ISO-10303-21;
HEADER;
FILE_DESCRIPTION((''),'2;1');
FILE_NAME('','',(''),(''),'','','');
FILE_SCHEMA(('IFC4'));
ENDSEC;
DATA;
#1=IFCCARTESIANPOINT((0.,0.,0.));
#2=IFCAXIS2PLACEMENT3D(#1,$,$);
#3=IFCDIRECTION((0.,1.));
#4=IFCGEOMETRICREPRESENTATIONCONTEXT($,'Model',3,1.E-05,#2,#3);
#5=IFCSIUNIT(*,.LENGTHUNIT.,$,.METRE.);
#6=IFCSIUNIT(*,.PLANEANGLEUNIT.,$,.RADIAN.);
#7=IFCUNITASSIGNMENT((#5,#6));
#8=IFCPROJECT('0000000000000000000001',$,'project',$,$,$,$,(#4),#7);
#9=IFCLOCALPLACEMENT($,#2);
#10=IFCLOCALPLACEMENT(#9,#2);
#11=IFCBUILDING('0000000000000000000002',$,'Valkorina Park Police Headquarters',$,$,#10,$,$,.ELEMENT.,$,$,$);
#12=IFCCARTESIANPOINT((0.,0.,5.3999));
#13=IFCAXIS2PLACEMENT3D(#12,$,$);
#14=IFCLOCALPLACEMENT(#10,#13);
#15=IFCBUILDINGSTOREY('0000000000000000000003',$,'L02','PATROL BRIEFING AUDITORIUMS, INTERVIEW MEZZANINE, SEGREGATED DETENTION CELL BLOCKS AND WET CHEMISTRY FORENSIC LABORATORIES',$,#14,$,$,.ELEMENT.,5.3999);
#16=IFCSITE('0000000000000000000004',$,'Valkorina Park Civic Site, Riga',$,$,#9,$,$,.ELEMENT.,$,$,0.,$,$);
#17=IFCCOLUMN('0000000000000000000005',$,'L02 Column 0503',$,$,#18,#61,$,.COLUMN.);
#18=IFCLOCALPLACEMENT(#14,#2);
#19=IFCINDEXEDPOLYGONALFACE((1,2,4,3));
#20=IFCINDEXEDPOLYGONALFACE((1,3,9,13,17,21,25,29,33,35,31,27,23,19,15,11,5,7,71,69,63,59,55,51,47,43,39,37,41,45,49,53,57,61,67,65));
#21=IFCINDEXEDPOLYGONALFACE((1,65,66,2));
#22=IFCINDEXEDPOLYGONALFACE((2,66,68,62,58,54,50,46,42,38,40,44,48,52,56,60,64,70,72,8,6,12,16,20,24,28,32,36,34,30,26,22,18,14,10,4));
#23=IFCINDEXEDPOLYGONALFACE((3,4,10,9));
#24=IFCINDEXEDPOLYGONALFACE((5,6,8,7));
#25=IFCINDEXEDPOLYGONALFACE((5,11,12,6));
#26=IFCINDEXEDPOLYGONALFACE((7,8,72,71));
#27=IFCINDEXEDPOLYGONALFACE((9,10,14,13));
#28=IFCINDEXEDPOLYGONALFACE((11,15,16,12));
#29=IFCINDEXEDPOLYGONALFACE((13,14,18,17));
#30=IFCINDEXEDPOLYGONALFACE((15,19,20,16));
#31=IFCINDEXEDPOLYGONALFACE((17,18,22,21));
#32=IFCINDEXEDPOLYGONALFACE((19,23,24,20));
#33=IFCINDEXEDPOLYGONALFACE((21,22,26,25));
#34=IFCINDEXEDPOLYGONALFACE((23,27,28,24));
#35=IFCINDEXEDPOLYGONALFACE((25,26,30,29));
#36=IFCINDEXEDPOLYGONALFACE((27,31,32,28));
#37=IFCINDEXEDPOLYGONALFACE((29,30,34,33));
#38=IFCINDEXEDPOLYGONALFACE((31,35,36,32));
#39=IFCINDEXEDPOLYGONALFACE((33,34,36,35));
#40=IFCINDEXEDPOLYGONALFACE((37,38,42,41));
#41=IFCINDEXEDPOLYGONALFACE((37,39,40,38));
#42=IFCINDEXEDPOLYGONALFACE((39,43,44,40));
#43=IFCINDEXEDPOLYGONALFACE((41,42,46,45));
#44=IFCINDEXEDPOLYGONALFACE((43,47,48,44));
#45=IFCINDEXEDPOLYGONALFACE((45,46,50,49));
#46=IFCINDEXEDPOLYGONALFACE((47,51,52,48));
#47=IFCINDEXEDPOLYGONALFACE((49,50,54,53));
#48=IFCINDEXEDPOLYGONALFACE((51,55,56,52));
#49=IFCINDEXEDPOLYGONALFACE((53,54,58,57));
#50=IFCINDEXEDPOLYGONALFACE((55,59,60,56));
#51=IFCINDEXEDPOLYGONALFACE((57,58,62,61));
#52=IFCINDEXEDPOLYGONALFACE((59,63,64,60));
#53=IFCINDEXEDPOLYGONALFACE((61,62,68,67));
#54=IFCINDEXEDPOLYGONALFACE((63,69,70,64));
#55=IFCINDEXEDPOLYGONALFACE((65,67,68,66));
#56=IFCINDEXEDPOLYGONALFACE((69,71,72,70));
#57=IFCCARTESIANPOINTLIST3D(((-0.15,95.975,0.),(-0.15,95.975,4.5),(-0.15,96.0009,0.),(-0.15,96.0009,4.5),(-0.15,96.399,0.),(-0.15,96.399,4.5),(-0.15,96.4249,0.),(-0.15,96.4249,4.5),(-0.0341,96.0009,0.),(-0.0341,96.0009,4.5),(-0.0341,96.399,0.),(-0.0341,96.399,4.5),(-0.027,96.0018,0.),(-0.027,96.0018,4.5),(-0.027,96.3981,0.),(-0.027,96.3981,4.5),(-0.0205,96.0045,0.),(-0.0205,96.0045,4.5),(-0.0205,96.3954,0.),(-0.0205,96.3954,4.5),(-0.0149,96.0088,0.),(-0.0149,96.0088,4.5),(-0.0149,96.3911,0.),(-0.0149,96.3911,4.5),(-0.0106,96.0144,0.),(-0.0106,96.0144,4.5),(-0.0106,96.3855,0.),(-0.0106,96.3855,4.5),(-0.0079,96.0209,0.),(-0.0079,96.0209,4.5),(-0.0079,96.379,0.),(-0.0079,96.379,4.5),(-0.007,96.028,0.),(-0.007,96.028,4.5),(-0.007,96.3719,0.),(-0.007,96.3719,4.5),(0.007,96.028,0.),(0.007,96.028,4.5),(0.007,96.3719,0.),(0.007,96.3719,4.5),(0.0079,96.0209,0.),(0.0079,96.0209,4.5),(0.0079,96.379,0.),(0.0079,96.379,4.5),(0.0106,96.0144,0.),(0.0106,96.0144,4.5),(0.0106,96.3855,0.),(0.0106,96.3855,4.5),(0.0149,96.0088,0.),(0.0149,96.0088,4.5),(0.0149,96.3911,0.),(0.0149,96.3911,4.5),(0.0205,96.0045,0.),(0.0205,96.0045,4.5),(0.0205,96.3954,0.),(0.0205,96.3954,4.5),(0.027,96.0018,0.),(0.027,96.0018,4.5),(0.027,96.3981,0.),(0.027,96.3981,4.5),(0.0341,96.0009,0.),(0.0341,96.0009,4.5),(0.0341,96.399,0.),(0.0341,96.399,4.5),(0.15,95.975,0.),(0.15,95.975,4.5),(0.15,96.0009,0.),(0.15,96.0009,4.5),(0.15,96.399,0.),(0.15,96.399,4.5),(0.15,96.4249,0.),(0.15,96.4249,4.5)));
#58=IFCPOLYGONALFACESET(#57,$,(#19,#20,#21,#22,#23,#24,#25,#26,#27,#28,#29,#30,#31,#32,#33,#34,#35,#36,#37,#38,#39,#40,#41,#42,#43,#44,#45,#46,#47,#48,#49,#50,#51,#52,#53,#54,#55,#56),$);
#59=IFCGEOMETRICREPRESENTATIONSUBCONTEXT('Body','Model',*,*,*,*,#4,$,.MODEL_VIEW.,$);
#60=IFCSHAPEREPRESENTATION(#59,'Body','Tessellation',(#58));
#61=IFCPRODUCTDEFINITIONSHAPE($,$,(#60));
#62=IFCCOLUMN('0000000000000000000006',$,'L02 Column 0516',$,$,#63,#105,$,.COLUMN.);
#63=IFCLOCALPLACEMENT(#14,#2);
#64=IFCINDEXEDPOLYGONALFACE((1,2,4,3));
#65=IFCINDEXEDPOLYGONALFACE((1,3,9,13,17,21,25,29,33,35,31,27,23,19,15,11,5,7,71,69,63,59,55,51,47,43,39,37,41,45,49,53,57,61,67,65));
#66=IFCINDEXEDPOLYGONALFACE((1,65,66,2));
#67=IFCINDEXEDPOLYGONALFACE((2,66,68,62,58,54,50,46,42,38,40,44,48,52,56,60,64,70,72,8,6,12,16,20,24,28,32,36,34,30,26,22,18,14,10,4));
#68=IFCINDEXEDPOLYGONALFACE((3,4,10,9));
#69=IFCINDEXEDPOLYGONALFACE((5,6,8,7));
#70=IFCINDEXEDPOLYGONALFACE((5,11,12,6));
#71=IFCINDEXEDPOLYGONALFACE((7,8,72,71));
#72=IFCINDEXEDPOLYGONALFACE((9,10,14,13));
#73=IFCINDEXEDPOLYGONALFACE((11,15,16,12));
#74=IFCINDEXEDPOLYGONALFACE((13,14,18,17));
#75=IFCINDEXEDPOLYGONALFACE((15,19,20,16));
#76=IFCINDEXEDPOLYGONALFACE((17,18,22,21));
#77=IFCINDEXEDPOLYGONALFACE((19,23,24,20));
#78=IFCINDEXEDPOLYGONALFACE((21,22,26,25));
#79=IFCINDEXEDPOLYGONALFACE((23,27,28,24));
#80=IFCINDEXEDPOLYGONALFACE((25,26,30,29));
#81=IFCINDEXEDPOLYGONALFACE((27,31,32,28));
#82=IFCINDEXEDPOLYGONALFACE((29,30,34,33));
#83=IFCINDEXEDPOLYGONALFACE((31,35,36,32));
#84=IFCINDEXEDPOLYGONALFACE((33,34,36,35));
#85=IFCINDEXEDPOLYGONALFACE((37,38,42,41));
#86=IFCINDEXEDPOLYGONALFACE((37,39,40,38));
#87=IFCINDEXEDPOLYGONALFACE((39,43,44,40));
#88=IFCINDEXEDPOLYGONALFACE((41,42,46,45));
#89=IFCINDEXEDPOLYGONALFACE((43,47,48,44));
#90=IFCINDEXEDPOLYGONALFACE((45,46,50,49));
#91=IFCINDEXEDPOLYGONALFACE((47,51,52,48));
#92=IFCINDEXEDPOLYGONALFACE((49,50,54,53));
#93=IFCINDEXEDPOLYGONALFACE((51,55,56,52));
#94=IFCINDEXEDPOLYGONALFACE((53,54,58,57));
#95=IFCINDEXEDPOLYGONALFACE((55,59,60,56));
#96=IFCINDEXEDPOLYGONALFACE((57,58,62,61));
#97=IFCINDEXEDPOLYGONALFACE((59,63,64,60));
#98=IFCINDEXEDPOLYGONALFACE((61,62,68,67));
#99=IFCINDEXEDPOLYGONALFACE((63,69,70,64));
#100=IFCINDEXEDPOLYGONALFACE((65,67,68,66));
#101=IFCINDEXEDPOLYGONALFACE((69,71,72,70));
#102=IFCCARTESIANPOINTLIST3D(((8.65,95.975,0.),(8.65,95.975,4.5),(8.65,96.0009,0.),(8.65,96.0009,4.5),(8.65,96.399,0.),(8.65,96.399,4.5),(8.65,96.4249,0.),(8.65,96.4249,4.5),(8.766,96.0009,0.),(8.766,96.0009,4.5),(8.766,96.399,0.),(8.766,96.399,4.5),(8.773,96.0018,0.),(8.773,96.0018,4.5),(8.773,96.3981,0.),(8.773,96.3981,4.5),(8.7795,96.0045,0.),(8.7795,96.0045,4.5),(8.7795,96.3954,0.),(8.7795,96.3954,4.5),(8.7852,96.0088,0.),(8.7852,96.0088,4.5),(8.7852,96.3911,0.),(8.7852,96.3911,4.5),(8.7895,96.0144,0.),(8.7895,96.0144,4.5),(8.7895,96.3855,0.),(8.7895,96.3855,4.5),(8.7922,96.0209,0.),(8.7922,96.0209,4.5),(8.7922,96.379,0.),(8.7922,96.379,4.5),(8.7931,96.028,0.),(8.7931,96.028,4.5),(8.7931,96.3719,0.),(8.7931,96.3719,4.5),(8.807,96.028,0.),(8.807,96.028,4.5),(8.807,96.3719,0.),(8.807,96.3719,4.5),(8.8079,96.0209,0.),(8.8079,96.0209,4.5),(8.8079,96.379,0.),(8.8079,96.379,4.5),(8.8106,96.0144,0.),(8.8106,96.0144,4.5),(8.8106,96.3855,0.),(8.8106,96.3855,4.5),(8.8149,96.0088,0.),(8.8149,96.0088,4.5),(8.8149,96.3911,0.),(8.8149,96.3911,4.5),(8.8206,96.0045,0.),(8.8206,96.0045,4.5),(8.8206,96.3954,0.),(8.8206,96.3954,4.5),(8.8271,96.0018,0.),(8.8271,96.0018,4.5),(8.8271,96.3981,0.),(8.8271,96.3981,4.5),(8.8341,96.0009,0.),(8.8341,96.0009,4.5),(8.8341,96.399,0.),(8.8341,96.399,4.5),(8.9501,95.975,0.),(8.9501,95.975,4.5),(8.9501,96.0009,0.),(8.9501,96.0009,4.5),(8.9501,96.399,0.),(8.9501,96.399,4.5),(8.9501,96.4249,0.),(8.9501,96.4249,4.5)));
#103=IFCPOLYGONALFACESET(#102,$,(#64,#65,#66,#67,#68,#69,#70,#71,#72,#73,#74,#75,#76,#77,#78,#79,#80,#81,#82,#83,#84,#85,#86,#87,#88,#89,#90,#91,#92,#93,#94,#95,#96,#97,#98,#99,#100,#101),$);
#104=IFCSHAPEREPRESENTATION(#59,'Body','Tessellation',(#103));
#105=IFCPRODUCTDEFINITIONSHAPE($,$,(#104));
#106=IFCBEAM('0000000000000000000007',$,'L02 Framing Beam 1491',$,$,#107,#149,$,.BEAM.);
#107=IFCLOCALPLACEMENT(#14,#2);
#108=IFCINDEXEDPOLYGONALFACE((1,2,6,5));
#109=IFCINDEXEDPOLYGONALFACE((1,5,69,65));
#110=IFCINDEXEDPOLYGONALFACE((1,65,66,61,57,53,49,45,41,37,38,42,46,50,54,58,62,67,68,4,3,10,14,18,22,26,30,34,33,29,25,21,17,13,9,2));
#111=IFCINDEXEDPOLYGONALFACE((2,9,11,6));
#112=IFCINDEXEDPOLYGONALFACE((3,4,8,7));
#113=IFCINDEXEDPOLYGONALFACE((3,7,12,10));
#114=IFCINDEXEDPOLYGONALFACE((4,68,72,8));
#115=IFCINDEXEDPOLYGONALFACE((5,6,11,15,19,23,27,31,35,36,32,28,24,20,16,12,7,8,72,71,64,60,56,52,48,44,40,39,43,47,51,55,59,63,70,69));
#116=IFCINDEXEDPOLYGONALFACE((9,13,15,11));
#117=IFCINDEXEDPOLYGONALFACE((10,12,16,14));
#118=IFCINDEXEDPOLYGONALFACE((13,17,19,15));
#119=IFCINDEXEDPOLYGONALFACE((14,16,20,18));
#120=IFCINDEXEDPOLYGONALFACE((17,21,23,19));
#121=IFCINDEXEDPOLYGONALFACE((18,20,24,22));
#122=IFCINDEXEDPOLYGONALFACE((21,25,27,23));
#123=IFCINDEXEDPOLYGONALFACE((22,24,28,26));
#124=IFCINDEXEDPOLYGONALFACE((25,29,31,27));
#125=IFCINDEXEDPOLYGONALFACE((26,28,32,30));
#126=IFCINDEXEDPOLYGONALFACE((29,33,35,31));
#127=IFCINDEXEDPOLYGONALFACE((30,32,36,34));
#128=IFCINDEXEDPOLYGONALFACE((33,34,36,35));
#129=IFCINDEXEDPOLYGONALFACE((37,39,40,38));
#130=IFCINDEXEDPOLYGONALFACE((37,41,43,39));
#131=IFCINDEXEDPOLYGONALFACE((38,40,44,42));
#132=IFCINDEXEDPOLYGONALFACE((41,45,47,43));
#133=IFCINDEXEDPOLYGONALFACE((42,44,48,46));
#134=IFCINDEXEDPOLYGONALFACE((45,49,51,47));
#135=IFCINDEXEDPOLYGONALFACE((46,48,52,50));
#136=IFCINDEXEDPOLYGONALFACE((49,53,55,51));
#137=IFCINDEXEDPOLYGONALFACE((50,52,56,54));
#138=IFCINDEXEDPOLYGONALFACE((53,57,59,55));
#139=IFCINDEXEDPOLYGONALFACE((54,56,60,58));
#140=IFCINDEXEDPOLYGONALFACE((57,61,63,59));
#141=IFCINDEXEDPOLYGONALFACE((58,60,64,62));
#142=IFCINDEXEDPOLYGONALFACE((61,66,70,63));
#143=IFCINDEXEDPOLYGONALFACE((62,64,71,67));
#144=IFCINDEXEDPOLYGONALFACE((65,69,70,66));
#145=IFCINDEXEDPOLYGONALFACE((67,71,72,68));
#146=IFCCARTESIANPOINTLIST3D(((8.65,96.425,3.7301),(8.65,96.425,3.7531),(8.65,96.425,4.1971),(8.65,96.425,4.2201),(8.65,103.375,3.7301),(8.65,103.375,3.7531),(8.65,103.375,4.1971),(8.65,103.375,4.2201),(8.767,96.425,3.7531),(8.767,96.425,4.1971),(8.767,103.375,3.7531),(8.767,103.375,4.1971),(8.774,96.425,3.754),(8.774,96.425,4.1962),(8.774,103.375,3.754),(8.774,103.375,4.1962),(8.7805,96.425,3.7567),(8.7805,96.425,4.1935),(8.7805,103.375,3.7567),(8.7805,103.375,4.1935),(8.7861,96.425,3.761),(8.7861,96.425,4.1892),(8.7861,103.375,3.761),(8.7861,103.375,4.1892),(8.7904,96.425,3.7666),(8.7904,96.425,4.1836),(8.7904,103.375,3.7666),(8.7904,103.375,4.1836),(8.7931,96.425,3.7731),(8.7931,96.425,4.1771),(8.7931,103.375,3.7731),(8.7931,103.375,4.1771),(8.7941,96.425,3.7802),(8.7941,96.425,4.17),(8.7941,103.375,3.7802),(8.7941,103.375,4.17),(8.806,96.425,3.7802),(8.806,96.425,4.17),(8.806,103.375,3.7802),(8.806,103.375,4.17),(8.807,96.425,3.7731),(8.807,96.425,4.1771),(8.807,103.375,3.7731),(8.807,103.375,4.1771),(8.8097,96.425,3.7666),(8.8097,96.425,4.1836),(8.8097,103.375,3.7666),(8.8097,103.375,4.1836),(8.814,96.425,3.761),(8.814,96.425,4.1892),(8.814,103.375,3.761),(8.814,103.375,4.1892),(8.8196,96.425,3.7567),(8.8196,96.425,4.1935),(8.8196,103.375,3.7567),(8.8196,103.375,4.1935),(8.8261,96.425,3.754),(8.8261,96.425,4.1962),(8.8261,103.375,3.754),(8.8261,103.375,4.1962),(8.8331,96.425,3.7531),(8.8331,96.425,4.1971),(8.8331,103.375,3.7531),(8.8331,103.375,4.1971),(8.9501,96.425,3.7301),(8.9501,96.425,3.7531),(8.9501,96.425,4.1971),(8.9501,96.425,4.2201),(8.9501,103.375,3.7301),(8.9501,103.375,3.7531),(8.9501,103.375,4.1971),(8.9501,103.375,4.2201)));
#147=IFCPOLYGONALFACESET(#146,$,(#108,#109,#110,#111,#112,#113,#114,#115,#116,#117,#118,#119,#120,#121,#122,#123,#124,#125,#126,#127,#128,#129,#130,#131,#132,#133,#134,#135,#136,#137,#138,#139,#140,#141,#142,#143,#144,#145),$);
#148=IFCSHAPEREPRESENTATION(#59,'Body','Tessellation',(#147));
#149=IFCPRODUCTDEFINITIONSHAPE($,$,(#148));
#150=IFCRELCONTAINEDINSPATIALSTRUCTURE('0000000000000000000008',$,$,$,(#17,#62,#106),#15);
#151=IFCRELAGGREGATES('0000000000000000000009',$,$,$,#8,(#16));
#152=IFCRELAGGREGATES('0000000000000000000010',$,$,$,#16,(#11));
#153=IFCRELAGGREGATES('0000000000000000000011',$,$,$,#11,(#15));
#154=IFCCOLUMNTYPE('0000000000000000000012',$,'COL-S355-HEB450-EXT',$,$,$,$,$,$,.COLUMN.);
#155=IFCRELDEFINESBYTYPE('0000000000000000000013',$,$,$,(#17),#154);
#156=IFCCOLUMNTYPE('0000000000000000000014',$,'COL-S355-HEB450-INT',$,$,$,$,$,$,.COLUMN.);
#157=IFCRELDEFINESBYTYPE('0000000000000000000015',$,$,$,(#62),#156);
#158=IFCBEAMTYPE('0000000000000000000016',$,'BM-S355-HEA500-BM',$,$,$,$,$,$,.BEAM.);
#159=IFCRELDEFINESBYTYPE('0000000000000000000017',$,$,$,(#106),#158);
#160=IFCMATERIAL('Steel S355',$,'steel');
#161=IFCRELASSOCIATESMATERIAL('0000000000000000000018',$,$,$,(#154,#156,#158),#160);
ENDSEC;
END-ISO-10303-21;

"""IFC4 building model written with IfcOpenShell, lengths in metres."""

from ifc_helpers import new_model, si_unit, direction, frame, origin, origin_2d, place, context, subcontext, project, spatial, i_section, extrude, material, material_profile, profile_set, type_object, element, save


model = new_model("IFC4")

# Units and contexts
model_context = context("Model", 3, precision=1e-05, world=origin(), true_north=direction((0.0, 1.0)))
body_context = subcontext(model_context, "Body", "Model", "MODEL_VIEW")
ifc_project = project(units=[si_unit("LENGTHUNIT", "METRE"), si_unit("PLANEANGLEUNIT", "RADIAN")], contexts=[model_context])

# Site, building, storey
site_placement = place(None, origin())
site = spatial("IfcSite", under=ifc_project, at=site_placement, Name="Valkorina Park Civic Site, Riga", CompositionType="ELEMENT", RefElevation=0.0)
building_placement = place(site_placement, origin())
building = spatial("IfcBuilding", under=site, at=building_placement, Name="Valkorina Park Police Headquarters", CompositionType="ELEMENT")
storey_placement = place(building_placement, frame((0.0, 0.0, 5.3999)))
storey = spatial("IfcBuildingStorey", under=building, at=storey_placement, Name="L02", Description="PATROL BRIEFING AUDITORIUMS, INTERVIEW MEZZANINE, SEGREGATED DETENTION CELL BLOCKS AND WET CHEMISTRY FORENSIC LABORATORIES", CompositionType="ELEMENT", Elevation=5.3999)

# Columns
ifc_material_1 = material(Name="Steel S355", Category="steel")
ifc_material_profile_1 = material_profile(ifc_material_1, i_section(OverallWidth=0.3, OverallDepth=0.45, WebThickness=0.0139, FlangeThickness=0.0259, FilletRadius=0.0271, at=origin_2d()), Name="HEB 450")
ifc_profile_set_1 = profile_set([ifc_material_profile_1], Name="Steel S355")
column_type_1 = type_object("IfcColumnType", Name="COL-S355-HEB450-EXT", PredefinedType="COLUMN", material=ifc_profile_set_1)
column_1_placement = place(storey_placement, frame((0.0, 96.2, 0.0), z_axis=(0.0, 0.0, 1.0), x_axis=(1.0, 0.0, 0.0)))
element("IfcColumn", 1, at=column_1_placement, inside=storey, type_object=column_type_1, Name="L02 Column 0503", PredefinedType="COLUMN", context=body_context, shape_type="SweptSolid", body=[
    extrude(i_section(OverallWidth=0.3, OverallDepth=0.45, WebThickness=0.0139, FlangeThickness=0.0259, FilletRadius=0.0271, at=origin_2d()), origin(), (0.0, 0.0, 1.0), 4.5),
])
ifc_material_profile_2 = material_profile(ifc_material_1, i_section(OverallWidth=0.3, OverallDepth=0.45, WebThickness=0.0139, FlangeThickness=0.0259, FilletRadius=0.0271, at=origin_2d()), Name="HEB 450")
ifc_profile_set_2 = profile_set([ifc_material_profile_2], Name="Steel S355")
column_type_2 = type_object("IfcColumnType", Name="COL-S355-HEB450-INT", PredefinedType="COLUMN", material=ifc_profile_set_2)
column_2_placement = place(storey_placement, frame((8.8, 96.2, 0.0), z_axis=(0.0, 0.0, 1.0), x_axis=(1.0, 0.0, 0.0)))
element("IfcColumn", 2, at=column_2_placement, inside=storey, type_object=column_type_2, Name="L02 Column 0516", PredefinedType="COLUMN", context=body_context, shape_type="SweptSolid", body=[
    extrude(i_section(OverallWidth=0.3, OverallDepth=0.45, WebThickness=0.0139, FlangeThickness=0.0259, FilletRadius=0.0271, at=origin_2d()), origin(), (0.0, 0.0, 1.0), 4.5),
])

# Beam
ifc_material_profile_3 = material_profile(ifc_material_1, i_section(OverallWidth=0.3, OverallDepth=0.49, WebThickness=0.012, FlangeThickness=0.0229, FilletRadius=0.0271, at=origin_2d()), Name="HEA 500")
ifc_profile_set_3 = profile_set([ifc_material_profile_3], Name="Steel S355")
beam_type_1 = type_object("IfcBeamType", Name="BM-S355-HEA500-BM", PredefinedType="BEAM", material=ifc_profile_set_3)
beam_1_placement = place(storey_placement, frame((8.8, 96.425, 3.9751), z_axis=(0.0, 1.0, 0.0), x_axis=(-1.0, 0.0, 0.0)))
element("IfcBeam", 3, at=beam_1_placement, inside=storey, type_object=beam_type_1, Name="L02 Framing Beam 1491", PredefinedType="BEAM", context=body_context, shape_type="SweptSolid", body=[
    extrude(i_section(OverallWidth=0.3, OverallDepth=0.49, WebThickness=0.012, FlangeThickness=0.0229, FilletRadius=0.0271, at=origin_2d()), origin(), (0.0, 0.0, 1.0), 6.95),
])

save(model, "model.ifc")
